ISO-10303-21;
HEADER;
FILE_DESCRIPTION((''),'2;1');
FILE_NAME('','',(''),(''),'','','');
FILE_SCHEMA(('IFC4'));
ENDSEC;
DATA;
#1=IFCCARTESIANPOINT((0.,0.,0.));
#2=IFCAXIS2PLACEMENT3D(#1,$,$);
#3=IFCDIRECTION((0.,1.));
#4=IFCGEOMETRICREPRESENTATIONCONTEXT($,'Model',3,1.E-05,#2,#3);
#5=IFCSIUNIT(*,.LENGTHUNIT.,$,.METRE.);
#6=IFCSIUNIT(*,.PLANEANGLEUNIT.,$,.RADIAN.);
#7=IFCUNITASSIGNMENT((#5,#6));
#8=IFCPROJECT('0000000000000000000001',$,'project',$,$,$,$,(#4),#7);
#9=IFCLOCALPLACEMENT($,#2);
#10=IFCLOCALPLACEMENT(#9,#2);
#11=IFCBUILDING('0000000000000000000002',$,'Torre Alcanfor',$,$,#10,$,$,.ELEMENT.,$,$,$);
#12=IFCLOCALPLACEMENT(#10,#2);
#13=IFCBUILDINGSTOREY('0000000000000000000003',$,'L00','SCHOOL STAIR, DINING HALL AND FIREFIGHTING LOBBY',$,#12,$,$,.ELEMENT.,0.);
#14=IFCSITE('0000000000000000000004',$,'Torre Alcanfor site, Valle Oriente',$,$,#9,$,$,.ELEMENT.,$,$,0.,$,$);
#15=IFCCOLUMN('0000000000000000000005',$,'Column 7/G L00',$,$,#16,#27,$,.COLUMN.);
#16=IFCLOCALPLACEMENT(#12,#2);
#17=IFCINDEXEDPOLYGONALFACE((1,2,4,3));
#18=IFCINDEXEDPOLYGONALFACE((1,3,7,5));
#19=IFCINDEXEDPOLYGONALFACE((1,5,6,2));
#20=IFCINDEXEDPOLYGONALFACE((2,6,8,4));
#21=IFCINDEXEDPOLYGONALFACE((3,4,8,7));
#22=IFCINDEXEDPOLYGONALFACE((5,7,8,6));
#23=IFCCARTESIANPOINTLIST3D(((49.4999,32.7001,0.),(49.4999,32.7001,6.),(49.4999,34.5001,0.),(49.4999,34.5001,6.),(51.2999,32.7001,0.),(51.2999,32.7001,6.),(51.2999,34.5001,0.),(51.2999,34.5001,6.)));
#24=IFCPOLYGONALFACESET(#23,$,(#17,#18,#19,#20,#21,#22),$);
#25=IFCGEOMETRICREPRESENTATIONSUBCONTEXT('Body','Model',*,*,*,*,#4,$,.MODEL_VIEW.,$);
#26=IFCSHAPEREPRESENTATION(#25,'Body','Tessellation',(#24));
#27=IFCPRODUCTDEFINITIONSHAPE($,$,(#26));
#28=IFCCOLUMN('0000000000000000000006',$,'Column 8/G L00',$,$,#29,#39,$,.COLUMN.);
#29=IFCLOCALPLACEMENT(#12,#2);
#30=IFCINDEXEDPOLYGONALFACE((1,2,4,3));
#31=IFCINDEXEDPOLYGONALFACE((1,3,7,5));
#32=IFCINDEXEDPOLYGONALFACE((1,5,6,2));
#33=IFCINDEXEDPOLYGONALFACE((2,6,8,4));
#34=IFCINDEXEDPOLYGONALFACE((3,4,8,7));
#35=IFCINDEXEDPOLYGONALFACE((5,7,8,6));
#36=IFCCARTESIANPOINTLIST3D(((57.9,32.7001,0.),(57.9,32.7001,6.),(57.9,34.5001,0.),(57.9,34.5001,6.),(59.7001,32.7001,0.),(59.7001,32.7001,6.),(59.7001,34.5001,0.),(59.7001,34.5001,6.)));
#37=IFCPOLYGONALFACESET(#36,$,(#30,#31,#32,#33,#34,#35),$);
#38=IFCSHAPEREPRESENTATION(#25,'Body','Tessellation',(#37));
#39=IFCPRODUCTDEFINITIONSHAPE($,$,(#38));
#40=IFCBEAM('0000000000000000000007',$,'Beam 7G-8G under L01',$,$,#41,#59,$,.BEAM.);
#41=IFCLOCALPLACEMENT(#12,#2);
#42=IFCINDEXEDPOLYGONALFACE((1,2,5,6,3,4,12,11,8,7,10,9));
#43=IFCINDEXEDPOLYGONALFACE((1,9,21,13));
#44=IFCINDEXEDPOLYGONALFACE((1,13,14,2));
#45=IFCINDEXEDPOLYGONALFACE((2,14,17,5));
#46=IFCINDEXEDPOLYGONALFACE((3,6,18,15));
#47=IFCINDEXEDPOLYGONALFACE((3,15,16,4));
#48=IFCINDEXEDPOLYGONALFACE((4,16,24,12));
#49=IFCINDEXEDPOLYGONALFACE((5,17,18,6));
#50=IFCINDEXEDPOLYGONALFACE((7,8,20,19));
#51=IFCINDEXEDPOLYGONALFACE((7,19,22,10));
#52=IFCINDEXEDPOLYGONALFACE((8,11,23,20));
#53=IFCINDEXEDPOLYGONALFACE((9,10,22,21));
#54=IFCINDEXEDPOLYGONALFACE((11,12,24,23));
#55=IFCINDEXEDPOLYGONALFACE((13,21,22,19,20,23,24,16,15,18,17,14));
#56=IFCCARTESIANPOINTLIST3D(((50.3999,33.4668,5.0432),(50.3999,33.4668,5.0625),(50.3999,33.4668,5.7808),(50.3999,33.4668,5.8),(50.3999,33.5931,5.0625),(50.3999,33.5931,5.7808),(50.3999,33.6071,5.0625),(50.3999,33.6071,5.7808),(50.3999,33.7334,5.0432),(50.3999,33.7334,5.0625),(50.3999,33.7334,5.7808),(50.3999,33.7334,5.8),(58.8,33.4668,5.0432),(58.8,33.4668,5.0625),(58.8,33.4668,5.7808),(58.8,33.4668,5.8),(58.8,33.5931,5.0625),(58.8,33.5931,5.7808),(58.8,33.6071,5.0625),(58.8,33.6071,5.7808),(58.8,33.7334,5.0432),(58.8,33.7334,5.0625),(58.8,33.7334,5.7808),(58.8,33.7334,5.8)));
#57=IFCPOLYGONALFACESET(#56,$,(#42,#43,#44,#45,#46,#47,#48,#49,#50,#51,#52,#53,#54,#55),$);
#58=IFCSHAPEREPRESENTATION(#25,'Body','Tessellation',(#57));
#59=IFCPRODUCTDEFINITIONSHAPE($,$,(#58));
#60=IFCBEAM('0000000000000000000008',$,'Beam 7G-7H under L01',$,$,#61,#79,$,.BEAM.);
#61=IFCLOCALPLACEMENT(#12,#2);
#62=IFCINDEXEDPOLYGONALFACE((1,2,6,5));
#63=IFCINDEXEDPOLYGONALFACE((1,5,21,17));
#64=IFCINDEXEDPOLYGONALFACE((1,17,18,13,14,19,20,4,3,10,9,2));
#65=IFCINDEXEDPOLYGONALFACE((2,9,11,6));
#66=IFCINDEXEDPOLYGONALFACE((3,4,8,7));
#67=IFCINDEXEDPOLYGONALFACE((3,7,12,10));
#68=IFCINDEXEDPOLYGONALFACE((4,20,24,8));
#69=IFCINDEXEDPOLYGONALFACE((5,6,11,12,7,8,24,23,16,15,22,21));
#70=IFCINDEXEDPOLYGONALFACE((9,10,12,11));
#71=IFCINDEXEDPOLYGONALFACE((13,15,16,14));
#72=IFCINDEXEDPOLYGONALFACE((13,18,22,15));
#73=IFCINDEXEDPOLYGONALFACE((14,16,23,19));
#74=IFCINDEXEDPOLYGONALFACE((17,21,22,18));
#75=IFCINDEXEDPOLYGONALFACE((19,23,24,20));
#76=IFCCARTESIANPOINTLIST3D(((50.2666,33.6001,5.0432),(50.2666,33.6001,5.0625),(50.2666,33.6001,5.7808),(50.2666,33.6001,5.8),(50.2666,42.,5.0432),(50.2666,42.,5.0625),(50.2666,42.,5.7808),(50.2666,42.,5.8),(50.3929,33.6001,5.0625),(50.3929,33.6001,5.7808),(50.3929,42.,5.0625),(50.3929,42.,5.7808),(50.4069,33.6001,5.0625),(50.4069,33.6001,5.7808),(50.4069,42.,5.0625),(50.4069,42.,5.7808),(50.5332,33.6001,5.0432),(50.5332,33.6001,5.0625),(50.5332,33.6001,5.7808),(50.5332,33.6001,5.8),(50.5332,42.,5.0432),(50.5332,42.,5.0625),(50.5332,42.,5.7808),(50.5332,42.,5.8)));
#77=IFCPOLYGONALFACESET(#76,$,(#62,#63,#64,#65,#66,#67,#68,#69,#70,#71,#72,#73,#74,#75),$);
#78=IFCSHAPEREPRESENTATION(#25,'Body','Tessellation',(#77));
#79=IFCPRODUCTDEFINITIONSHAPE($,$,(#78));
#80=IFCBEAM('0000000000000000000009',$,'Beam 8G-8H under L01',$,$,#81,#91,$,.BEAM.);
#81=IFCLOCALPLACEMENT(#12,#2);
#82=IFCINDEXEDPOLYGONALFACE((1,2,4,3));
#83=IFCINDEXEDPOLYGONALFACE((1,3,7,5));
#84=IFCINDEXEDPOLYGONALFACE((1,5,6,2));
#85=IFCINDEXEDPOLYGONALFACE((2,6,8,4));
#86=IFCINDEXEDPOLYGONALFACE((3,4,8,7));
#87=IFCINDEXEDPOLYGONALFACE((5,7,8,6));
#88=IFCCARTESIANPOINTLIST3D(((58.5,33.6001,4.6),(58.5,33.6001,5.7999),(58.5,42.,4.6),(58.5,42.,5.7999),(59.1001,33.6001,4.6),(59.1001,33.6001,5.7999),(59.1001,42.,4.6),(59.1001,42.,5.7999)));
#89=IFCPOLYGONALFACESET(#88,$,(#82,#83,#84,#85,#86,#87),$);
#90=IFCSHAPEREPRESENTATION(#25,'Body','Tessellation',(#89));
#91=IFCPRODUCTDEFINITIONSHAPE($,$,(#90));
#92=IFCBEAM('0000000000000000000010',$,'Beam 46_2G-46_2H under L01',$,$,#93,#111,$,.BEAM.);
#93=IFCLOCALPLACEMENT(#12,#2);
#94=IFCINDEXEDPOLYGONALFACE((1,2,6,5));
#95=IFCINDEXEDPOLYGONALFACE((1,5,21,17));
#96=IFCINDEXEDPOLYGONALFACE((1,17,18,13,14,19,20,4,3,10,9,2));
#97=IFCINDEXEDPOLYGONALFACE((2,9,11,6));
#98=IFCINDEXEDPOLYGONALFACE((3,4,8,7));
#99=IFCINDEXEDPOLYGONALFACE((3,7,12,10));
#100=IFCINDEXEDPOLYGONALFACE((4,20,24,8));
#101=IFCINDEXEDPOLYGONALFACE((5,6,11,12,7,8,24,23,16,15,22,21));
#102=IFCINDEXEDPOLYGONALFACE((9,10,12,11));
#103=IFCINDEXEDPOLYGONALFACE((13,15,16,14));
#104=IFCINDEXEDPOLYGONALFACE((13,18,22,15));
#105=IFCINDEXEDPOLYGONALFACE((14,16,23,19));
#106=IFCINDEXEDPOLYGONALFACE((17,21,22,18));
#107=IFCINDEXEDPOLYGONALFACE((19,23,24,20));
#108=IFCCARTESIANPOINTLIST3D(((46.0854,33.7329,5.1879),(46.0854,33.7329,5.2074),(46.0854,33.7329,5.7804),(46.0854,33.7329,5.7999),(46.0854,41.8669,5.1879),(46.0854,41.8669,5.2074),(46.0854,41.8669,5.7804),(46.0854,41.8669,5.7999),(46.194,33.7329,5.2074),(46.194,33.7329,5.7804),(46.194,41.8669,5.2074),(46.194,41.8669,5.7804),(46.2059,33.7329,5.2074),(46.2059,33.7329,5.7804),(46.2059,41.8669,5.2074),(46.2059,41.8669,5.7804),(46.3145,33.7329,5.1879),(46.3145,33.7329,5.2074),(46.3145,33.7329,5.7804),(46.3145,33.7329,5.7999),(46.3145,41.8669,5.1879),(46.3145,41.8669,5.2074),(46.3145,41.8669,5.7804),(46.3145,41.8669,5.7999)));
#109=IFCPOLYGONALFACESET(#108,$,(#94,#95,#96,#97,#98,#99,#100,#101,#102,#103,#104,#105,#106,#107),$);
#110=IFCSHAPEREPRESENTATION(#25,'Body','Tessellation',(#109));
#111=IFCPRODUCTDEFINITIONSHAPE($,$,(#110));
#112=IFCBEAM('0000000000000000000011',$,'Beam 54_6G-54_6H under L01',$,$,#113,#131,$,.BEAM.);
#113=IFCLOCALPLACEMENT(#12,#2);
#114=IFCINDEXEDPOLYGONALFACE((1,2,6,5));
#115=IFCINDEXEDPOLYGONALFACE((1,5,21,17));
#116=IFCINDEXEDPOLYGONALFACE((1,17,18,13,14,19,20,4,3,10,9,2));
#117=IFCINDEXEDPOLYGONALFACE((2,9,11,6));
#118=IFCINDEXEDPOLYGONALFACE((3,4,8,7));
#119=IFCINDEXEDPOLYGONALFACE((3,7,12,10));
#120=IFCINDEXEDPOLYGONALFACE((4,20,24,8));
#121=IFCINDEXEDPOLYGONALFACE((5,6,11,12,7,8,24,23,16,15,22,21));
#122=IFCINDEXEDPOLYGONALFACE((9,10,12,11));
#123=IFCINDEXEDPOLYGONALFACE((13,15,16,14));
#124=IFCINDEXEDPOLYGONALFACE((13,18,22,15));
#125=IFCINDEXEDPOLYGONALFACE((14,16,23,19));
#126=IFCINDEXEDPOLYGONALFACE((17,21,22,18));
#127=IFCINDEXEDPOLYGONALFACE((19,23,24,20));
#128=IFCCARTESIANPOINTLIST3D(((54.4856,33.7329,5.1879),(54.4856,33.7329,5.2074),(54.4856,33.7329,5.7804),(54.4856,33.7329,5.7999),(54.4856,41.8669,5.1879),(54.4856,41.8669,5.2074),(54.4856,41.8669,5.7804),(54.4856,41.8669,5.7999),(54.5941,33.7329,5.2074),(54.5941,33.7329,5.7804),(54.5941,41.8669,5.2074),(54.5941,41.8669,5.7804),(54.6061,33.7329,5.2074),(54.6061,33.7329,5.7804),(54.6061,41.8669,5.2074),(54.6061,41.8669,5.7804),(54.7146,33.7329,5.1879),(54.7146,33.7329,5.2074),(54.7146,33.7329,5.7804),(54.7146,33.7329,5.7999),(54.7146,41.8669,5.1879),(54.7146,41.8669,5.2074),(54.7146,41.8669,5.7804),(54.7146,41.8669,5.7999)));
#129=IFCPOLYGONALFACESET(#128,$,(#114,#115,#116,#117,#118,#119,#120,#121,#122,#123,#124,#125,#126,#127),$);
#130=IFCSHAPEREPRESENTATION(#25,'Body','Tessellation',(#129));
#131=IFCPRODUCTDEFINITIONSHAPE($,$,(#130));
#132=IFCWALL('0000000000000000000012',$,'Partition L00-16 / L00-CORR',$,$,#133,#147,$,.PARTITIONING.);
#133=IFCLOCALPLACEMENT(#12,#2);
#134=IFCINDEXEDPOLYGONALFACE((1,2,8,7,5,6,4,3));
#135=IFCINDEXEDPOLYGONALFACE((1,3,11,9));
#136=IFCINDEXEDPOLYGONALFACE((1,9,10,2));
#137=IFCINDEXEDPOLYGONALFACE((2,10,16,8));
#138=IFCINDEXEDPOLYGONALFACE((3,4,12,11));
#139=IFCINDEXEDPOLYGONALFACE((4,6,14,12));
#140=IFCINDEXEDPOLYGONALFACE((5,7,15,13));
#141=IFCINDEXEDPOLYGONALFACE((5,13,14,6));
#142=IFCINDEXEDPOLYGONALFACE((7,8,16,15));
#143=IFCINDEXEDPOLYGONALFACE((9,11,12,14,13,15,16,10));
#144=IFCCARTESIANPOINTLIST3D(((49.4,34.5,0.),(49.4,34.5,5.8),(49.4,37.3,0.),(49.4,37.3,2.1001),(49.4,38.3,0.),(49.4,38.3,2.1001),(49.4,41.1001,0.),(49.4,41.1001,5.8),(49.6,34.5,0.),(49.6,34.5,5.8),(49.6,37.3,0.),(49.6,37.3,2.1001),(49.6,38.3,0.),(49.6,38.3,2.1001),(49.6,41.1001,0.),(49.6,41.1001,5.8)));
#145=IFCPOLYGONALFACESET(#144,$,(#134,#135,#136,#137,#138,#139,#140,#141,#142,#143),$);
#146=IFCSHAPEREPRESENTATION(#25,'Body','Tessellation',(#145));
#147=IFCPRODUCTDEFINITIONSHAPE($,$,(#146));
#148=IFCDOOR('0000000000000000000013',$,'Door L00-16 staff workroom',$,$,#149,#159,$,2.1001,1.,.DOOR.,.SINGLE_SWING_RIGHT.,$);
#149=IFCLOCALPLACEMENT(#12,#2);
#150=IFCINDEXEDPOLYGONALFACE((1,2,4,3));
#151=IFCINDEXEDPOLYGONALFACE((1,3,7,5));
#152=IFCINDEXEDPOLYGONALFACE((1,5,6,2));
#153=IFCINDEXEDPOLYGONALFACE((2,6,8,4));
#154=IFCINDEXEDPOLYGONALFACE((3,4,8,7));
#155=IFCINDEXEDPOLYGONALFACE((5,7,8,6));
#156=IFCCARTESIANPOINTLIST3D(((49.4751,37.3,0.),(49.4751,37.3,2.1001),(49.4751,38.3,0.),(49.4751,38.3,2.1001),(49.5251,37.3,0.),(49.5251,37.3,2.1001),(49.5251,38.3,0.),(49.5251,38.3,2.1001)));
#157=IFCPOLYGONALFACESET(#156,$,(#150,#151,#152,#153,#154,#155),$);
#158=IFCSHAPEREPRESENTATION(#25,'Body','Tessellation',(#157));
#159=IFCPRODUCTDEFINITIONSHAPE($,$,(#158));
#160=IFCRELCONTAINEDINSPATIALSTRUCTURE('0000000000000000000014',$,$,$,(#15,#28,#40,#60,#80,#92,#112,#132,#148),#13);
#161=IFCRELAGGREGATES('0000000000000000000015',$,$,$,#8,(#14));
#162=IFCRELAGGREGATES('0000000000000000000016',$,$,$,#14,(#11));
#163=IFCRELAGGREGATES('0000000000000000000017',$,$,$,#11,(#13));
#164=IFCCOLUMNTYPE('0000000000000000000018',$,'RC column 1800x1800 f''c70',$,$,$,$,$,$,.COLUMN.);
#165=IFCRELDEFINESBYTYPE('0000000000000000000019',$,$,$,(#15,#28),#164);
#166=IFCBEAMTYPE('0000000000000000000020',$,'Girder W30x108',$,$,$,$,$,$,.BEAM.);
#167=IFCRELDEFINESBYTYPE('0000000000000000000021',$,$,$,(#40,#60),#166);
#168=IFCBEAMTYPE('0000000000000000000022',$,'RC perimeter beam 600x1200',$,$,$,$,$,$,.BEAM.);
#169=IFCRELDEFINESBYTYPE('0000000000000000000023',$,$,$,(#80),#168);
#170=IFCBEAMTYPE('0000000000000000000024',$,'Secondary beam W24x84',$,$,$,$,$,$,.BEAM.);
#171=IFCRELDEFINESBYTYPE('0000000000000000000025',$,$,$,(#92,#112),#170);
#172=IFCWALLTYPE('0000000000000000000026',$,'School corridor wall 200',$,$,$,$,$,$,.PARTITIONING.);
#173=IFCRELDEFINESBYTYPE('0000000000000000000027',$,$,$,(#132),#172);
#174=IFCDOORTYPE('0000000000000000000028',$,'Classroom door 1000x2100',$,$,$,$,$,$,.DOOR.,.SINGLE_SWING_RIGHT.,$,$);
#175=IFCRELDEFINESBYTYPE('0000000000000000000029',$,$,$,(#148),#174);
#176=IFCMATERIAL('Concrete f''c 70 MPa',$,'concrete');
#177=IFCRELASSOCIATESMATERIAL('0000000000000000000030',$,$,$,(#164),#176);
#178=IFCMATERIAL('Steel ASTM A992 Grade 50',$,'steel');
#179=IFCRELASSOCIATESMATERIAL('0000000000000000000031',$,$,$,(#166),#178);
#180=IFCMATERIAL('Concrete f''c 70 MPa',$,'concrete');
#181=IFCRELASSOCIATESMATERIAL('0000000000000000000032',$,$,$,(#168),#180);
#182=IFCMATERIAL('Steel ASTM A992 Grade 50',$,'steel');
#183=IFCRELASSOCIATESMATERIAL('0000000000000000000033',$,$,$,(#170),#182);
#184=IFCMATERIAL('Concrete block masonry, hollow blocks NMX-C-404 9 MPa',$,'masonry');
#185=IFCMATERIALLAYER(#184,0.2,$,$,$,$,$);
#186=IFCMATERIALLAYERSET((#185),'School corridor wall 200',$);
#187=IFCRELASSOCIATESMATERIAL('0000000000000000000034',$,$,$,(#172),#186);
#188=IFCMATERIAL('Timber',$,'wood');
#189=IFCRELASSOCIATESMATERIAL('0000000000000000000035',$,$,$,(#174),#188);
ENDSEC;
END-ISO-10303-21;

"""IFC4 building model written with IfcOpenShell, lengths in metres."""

from ifc_helpers import new_model, si_unit, direction, frame, frame_2d, origin, origin_2d, place, context, subcontext, project, spatial, rectangle, i_section, extrude, material, layer, layer_set, material_profile, profile_set, type_object, element, fill, save


model = new_model("IFC4")

# Units and contexts
model_context = context("Model", 3, precision=1e-05, world=origin(), true_north=direction((0.0, 1.0)))
body_context = subcontext(model_context, "Body", "Model", "MODEL_VIEW")
ifc_project = project(units=[si_unit("LENGTHUNIT", "METRE"), si_unit("PLANEANGLEUNIT", "RADIAN")], contexts=[model_context])

# Site, building, storey
site_placement = place(None, origin())
site = spatial("IfcSite", under=ifc_project, at=site_placement, Name="Torre Alcanfor site, Valle Oriente", CompositionType="ELEMENT", RefElevation=0.0)
building_placement = place(site_placement, origin())
building = spatial("IfcBuilding", under=site, at=building_placement, Name="Torre Alcanfor", CompositionType="ELEMENT")
storey_placement = place(building_placement, origin())
storey = spatial("IfcBuildingStorey", under=building, at=storey_placement, Name="L00", Description="SCHOOL STAIR, DINING HALL AND FIREFIGHTING LOBBY", CompositionType="ELEMENT", Elevation=0.0)

# Columns
ifc_material_1 = material(Name="Concrete f'c 70 MPa", Category="concrete")
ifc_material_profile_1 = material_profile(ifc_material_1, rectangle(XDim=1.8, YDim=1.8, at=origin_2d()), Name="1800x1800")
ifc_profile_set_1 = profile_set([ifc_material_profile_1], Name="Concrete f'c 70 MPa")
column_type = type_object("IfcColumnType", Name="RC column 1800x1800 f'c70", PredefinedType="COLUMN", material=ifc_profile_set_1)
for number, where, z_axis, x_axis, name in (
    (1, (50.3999, 33.6001, 0.0), (0.0, 0.0, 1.0), (1.0, 0.0, 0.0), "Column 7/G L00"),
    (2, (58.8, 33.6001, 0.0), (0.0, 0.0, 1.0), (1.0, 0.0, 0.0), "Column 8/G L00"),
):
    element("IfcColumn", number, at=place(storey_placement, frame(where, z_axis=z_axis, x_axis=x_axis)), inside=storey, type_object=column_type, Name=name, PredefinedType="COLUMN", context=body_context, shape_type="SweptSolid", body=[
        extrude(rectangle(XDim=1.8, YDim=1.8, at=origin_2d()), origin(), (0.0, 0.0, 1.0), 6.0),
    ])

# Beams
ifc_material_2 = material(Name="Steel ASTM A992 Grade 50", Category="steel")
ifc_material_profile_2 = material_profile(ifc_material_2, i_section(OverallWidth=0.2666, OverallDepth=0.7568, WebThickness=0.0139, FlangeThickness=0.0193, at=origin_2d()), Name="W30x108")
ifc_profile_set_2 = profile_set([ifc_material_profile_2], Name="Steel ASTM A992 Grade 50")
beam_type_1 = type_object("IfcBeamType", Name="Girder W30x108", PredefinedType="BEAM", material=ifc_profile_set_2)
beam_1_placement = place(storey_placement, frame((50.3999, 33.6001, 5.4216), z_axis=(1.0, 0.0, 0.0), x_axis=(0.0, 1.0, 0.0)))
element("IfcBeam", 3, at=beam_1_placement, inside=storey, type_object=beam_type_1, Name="Beam 7G-8G under L01", PredefinedType="BEAM", context=body_context, shape_type="SweptSolid", body=[
    extrude(i_section(OverallWidth=0.2666, OverallDepth=0.7568, WebThickness=0.0139, FlangeThickness=0.0193, at=origin_2d()), origin(), (0.0, 0.0, 1.0), 8.4001),
])
beam_2_placement = place(storey_placement, frame((50.3999, 33.6001, 5.4216), z_axis=(0.0, 1.0, 0.0), x_axis=(-1.0, 0.0, 0.0)))
element("IfcBeam", 4, at=beam_2_placement, inside=storey, type_object=beam_type_1, Name="Beam 7G-7H under L01", PredefinedType="BEAM", context=body_context, shape_type="SweptSolid", body=[
    extrude(i_section(OverallWidth=0.2666, OverallDepth=0.7568, WebThickness=0.0139, FlangeThickness=0.0193, at=origin_2d()), origin(), (0.0, 0.0, 1.0), 8.3999),
])
ifc_material_3 = material(Name="Concrete f'c 70 MPa", Category="concrete")
ifc_material_profile_3 = material_profile(ifc_material_3, rectangle(XDim=0.6001, YDim=1.2, at=origin_2d()), Name="600x1200")
ifc_profile_set_3 = profile_set([ifc_material_profile_3], Name="Concrete f'c 70 MPa")
beam_type_2 = type_object("IfcBeamType", Name="RC perimeter beam 600x1200", PredefinedType="BEAM", material=ifc_profile_set_3)
beam_3_placement = place(storey_placement, frame((58.8, 33.6001, 5.2), z_axis=(0.0, 1.0, 0.0), x_axis=(-1.0, 0.0, 0.0)))
element("IfcBeam", 5, at=beam_3_placement, inside=storey, type_object=beam_type_2, Name="Beam 8G-8H under L01", PredefinedType="BEAM", context=body_context, shape_type="SweptSolid", body=[
    extrude(rectangle(XDim=0.6001, YDim=1.2, at=origin_2d()), origin(), (0.0, 0.0, 1.0), 8.3999),
])
ifc_material_4 = material(Name="Steel ASTM A992 Grade 50", Category="steel")
ifc_material_profile_4 = material_profile(ifc_material_4, i_section(OverallWidth=0.229, OverallDepth=0.6121, WebThickness=0.012, FlangeThickness=0.0195, at=origin_2d()), Name="W24x84")
ifc_profile_set_4 = profile_set([ifc_material_profile_4], Name="Steel ASTM A992 Grade 50")
beam_type_3 = type_object("IfcBeamType", Name="Secondary beam W24x84", PredefinedType="BEAM", material=ifc_profile_set_4)
for number, where, z_axis, x_axis, name in (
    (6, (46.2, 33.7329, 5.4939), (0.0, 1.0, 0.0), (-1.0, 0.0, 0.0), "Beam 46_2G-46_2H under L01"),
    (7, (54.6001, 33.7329, 5.4939), (0.0, 1.0, 0.0), (-1.0, 0.0, 0.0), "Beam 54_6G-54_6H under L01"),
):
    element("IfcBeam", number, at=place(storey_placement, frame(where, z_axis=z_axis, x_axis=x_axis)), inside=storey, type_object=beam_type_3, Name=name, PredefinedType="BEAM", context=body_context, shape_type="SweptSolid", body=[
        extrude(i_section(OverallWidth=0.229, OverallDepth=0.6121, WebThickness=0.012, FlangeThickness=0.0195, at=origin_2d()), origin(), (0.0, 0.0, 1.0), 8.134),
    ])

# Wall, opening, door
ifc_material_5 = material(Name="Concrete block masonry, hollow blocks NMX-C-404 9 MPa", Category="masonry")
ifc_layer_1 = layer(ifc_material_5, 0.2)
ifc_layer_set_1 = layer_set([ifc_layer_1], Name="School corridor wall 200")
wall_type_1 = type_object("IfcWallType", Name="School corridor wall 200", PredefinedType="PARTITIONING", material=ifc_layer_set_1)
wall_1_placement = place(storey_placement, frame((49.5, 34.5, 0.0), z_axis=(0.0, 0.0, 1.0), x_axis=(0.0, 1.0, 0.0)))
wall_1 = element("IfcWall", 8, at=wall_1_placement, inside=storey, type_object=wall_type_1, Name="Partition L00-16 / L00-CORR", PredefinedType="PARTITIONING", context=body_context, shape_type="SweptSolid", body=[
    extrude(rectangle(XDim=6.6001, YDim=0.2, at=frame_2d((3.3, 0.0))), origin(), (0.0, 0.0, 1.0), 5.8),
])
opening_1_placement = place(wall_1_placement, frame((2.8, 0.0, 0.0)))
opening_1 = element("IfcOpeningElement", 9, at=opening_1_placement, cuts=wall_1, PredefinedType="OPENING", context=body_context, shape_type="SweptSolid", body=[
    extrude(rectangle(XDim=1.0, YDim=2.1001, at=frame_2d((0.5, 1.05))), frame((0.0, 0.1099, 0.0), z_axis=(0.0, -1.0, 0.0), x_axis=(1.0, 0.0, 0.0)), (0.0, 0.0, 1.0), 0.22),
])
ifc_material_6 = material(Name="Timber", Category="wood")
door_type = type_object("IfcDoorType", Name="Classroom door 1000x2100", OperationType="SINGLE_SWING_RIGHT", PredefinedType="DOOR", material=ifc_material_6)
door_1_placement = place(opening_1_placement, frame((1.0, 0.0, 0.0), z_axis=(0.0, 0.0, 1.0), x_axis=(-1.0, 0.0, 0.0)))
door_1 = element("IfcDoor", 10, at=door_1_placement, inside=storey, type_object=door_type, Name="Door L00-16 staff workroom", OperationType="SINGLE_SWING_RIGHT", OverallHeight=2.1001, OverallWidth=1.0, PredefinedType="DOOR", context=body_context, shape_type="SweptSolid", body=[
    extrude(rectangle(XDim=1.0, YDim=2.1001, at=frame_2d((0.5, 1.05))), frame((0.0, 0.0251, 0.0), z_axis=(0.0, -1.0, 0.0), x_axis=(1.0, 0.0, 0.0)), (0.0, 0.0, 1.0), 0.05),
])
fill(opening_1, door_1)

save(model, "model.ifc")
